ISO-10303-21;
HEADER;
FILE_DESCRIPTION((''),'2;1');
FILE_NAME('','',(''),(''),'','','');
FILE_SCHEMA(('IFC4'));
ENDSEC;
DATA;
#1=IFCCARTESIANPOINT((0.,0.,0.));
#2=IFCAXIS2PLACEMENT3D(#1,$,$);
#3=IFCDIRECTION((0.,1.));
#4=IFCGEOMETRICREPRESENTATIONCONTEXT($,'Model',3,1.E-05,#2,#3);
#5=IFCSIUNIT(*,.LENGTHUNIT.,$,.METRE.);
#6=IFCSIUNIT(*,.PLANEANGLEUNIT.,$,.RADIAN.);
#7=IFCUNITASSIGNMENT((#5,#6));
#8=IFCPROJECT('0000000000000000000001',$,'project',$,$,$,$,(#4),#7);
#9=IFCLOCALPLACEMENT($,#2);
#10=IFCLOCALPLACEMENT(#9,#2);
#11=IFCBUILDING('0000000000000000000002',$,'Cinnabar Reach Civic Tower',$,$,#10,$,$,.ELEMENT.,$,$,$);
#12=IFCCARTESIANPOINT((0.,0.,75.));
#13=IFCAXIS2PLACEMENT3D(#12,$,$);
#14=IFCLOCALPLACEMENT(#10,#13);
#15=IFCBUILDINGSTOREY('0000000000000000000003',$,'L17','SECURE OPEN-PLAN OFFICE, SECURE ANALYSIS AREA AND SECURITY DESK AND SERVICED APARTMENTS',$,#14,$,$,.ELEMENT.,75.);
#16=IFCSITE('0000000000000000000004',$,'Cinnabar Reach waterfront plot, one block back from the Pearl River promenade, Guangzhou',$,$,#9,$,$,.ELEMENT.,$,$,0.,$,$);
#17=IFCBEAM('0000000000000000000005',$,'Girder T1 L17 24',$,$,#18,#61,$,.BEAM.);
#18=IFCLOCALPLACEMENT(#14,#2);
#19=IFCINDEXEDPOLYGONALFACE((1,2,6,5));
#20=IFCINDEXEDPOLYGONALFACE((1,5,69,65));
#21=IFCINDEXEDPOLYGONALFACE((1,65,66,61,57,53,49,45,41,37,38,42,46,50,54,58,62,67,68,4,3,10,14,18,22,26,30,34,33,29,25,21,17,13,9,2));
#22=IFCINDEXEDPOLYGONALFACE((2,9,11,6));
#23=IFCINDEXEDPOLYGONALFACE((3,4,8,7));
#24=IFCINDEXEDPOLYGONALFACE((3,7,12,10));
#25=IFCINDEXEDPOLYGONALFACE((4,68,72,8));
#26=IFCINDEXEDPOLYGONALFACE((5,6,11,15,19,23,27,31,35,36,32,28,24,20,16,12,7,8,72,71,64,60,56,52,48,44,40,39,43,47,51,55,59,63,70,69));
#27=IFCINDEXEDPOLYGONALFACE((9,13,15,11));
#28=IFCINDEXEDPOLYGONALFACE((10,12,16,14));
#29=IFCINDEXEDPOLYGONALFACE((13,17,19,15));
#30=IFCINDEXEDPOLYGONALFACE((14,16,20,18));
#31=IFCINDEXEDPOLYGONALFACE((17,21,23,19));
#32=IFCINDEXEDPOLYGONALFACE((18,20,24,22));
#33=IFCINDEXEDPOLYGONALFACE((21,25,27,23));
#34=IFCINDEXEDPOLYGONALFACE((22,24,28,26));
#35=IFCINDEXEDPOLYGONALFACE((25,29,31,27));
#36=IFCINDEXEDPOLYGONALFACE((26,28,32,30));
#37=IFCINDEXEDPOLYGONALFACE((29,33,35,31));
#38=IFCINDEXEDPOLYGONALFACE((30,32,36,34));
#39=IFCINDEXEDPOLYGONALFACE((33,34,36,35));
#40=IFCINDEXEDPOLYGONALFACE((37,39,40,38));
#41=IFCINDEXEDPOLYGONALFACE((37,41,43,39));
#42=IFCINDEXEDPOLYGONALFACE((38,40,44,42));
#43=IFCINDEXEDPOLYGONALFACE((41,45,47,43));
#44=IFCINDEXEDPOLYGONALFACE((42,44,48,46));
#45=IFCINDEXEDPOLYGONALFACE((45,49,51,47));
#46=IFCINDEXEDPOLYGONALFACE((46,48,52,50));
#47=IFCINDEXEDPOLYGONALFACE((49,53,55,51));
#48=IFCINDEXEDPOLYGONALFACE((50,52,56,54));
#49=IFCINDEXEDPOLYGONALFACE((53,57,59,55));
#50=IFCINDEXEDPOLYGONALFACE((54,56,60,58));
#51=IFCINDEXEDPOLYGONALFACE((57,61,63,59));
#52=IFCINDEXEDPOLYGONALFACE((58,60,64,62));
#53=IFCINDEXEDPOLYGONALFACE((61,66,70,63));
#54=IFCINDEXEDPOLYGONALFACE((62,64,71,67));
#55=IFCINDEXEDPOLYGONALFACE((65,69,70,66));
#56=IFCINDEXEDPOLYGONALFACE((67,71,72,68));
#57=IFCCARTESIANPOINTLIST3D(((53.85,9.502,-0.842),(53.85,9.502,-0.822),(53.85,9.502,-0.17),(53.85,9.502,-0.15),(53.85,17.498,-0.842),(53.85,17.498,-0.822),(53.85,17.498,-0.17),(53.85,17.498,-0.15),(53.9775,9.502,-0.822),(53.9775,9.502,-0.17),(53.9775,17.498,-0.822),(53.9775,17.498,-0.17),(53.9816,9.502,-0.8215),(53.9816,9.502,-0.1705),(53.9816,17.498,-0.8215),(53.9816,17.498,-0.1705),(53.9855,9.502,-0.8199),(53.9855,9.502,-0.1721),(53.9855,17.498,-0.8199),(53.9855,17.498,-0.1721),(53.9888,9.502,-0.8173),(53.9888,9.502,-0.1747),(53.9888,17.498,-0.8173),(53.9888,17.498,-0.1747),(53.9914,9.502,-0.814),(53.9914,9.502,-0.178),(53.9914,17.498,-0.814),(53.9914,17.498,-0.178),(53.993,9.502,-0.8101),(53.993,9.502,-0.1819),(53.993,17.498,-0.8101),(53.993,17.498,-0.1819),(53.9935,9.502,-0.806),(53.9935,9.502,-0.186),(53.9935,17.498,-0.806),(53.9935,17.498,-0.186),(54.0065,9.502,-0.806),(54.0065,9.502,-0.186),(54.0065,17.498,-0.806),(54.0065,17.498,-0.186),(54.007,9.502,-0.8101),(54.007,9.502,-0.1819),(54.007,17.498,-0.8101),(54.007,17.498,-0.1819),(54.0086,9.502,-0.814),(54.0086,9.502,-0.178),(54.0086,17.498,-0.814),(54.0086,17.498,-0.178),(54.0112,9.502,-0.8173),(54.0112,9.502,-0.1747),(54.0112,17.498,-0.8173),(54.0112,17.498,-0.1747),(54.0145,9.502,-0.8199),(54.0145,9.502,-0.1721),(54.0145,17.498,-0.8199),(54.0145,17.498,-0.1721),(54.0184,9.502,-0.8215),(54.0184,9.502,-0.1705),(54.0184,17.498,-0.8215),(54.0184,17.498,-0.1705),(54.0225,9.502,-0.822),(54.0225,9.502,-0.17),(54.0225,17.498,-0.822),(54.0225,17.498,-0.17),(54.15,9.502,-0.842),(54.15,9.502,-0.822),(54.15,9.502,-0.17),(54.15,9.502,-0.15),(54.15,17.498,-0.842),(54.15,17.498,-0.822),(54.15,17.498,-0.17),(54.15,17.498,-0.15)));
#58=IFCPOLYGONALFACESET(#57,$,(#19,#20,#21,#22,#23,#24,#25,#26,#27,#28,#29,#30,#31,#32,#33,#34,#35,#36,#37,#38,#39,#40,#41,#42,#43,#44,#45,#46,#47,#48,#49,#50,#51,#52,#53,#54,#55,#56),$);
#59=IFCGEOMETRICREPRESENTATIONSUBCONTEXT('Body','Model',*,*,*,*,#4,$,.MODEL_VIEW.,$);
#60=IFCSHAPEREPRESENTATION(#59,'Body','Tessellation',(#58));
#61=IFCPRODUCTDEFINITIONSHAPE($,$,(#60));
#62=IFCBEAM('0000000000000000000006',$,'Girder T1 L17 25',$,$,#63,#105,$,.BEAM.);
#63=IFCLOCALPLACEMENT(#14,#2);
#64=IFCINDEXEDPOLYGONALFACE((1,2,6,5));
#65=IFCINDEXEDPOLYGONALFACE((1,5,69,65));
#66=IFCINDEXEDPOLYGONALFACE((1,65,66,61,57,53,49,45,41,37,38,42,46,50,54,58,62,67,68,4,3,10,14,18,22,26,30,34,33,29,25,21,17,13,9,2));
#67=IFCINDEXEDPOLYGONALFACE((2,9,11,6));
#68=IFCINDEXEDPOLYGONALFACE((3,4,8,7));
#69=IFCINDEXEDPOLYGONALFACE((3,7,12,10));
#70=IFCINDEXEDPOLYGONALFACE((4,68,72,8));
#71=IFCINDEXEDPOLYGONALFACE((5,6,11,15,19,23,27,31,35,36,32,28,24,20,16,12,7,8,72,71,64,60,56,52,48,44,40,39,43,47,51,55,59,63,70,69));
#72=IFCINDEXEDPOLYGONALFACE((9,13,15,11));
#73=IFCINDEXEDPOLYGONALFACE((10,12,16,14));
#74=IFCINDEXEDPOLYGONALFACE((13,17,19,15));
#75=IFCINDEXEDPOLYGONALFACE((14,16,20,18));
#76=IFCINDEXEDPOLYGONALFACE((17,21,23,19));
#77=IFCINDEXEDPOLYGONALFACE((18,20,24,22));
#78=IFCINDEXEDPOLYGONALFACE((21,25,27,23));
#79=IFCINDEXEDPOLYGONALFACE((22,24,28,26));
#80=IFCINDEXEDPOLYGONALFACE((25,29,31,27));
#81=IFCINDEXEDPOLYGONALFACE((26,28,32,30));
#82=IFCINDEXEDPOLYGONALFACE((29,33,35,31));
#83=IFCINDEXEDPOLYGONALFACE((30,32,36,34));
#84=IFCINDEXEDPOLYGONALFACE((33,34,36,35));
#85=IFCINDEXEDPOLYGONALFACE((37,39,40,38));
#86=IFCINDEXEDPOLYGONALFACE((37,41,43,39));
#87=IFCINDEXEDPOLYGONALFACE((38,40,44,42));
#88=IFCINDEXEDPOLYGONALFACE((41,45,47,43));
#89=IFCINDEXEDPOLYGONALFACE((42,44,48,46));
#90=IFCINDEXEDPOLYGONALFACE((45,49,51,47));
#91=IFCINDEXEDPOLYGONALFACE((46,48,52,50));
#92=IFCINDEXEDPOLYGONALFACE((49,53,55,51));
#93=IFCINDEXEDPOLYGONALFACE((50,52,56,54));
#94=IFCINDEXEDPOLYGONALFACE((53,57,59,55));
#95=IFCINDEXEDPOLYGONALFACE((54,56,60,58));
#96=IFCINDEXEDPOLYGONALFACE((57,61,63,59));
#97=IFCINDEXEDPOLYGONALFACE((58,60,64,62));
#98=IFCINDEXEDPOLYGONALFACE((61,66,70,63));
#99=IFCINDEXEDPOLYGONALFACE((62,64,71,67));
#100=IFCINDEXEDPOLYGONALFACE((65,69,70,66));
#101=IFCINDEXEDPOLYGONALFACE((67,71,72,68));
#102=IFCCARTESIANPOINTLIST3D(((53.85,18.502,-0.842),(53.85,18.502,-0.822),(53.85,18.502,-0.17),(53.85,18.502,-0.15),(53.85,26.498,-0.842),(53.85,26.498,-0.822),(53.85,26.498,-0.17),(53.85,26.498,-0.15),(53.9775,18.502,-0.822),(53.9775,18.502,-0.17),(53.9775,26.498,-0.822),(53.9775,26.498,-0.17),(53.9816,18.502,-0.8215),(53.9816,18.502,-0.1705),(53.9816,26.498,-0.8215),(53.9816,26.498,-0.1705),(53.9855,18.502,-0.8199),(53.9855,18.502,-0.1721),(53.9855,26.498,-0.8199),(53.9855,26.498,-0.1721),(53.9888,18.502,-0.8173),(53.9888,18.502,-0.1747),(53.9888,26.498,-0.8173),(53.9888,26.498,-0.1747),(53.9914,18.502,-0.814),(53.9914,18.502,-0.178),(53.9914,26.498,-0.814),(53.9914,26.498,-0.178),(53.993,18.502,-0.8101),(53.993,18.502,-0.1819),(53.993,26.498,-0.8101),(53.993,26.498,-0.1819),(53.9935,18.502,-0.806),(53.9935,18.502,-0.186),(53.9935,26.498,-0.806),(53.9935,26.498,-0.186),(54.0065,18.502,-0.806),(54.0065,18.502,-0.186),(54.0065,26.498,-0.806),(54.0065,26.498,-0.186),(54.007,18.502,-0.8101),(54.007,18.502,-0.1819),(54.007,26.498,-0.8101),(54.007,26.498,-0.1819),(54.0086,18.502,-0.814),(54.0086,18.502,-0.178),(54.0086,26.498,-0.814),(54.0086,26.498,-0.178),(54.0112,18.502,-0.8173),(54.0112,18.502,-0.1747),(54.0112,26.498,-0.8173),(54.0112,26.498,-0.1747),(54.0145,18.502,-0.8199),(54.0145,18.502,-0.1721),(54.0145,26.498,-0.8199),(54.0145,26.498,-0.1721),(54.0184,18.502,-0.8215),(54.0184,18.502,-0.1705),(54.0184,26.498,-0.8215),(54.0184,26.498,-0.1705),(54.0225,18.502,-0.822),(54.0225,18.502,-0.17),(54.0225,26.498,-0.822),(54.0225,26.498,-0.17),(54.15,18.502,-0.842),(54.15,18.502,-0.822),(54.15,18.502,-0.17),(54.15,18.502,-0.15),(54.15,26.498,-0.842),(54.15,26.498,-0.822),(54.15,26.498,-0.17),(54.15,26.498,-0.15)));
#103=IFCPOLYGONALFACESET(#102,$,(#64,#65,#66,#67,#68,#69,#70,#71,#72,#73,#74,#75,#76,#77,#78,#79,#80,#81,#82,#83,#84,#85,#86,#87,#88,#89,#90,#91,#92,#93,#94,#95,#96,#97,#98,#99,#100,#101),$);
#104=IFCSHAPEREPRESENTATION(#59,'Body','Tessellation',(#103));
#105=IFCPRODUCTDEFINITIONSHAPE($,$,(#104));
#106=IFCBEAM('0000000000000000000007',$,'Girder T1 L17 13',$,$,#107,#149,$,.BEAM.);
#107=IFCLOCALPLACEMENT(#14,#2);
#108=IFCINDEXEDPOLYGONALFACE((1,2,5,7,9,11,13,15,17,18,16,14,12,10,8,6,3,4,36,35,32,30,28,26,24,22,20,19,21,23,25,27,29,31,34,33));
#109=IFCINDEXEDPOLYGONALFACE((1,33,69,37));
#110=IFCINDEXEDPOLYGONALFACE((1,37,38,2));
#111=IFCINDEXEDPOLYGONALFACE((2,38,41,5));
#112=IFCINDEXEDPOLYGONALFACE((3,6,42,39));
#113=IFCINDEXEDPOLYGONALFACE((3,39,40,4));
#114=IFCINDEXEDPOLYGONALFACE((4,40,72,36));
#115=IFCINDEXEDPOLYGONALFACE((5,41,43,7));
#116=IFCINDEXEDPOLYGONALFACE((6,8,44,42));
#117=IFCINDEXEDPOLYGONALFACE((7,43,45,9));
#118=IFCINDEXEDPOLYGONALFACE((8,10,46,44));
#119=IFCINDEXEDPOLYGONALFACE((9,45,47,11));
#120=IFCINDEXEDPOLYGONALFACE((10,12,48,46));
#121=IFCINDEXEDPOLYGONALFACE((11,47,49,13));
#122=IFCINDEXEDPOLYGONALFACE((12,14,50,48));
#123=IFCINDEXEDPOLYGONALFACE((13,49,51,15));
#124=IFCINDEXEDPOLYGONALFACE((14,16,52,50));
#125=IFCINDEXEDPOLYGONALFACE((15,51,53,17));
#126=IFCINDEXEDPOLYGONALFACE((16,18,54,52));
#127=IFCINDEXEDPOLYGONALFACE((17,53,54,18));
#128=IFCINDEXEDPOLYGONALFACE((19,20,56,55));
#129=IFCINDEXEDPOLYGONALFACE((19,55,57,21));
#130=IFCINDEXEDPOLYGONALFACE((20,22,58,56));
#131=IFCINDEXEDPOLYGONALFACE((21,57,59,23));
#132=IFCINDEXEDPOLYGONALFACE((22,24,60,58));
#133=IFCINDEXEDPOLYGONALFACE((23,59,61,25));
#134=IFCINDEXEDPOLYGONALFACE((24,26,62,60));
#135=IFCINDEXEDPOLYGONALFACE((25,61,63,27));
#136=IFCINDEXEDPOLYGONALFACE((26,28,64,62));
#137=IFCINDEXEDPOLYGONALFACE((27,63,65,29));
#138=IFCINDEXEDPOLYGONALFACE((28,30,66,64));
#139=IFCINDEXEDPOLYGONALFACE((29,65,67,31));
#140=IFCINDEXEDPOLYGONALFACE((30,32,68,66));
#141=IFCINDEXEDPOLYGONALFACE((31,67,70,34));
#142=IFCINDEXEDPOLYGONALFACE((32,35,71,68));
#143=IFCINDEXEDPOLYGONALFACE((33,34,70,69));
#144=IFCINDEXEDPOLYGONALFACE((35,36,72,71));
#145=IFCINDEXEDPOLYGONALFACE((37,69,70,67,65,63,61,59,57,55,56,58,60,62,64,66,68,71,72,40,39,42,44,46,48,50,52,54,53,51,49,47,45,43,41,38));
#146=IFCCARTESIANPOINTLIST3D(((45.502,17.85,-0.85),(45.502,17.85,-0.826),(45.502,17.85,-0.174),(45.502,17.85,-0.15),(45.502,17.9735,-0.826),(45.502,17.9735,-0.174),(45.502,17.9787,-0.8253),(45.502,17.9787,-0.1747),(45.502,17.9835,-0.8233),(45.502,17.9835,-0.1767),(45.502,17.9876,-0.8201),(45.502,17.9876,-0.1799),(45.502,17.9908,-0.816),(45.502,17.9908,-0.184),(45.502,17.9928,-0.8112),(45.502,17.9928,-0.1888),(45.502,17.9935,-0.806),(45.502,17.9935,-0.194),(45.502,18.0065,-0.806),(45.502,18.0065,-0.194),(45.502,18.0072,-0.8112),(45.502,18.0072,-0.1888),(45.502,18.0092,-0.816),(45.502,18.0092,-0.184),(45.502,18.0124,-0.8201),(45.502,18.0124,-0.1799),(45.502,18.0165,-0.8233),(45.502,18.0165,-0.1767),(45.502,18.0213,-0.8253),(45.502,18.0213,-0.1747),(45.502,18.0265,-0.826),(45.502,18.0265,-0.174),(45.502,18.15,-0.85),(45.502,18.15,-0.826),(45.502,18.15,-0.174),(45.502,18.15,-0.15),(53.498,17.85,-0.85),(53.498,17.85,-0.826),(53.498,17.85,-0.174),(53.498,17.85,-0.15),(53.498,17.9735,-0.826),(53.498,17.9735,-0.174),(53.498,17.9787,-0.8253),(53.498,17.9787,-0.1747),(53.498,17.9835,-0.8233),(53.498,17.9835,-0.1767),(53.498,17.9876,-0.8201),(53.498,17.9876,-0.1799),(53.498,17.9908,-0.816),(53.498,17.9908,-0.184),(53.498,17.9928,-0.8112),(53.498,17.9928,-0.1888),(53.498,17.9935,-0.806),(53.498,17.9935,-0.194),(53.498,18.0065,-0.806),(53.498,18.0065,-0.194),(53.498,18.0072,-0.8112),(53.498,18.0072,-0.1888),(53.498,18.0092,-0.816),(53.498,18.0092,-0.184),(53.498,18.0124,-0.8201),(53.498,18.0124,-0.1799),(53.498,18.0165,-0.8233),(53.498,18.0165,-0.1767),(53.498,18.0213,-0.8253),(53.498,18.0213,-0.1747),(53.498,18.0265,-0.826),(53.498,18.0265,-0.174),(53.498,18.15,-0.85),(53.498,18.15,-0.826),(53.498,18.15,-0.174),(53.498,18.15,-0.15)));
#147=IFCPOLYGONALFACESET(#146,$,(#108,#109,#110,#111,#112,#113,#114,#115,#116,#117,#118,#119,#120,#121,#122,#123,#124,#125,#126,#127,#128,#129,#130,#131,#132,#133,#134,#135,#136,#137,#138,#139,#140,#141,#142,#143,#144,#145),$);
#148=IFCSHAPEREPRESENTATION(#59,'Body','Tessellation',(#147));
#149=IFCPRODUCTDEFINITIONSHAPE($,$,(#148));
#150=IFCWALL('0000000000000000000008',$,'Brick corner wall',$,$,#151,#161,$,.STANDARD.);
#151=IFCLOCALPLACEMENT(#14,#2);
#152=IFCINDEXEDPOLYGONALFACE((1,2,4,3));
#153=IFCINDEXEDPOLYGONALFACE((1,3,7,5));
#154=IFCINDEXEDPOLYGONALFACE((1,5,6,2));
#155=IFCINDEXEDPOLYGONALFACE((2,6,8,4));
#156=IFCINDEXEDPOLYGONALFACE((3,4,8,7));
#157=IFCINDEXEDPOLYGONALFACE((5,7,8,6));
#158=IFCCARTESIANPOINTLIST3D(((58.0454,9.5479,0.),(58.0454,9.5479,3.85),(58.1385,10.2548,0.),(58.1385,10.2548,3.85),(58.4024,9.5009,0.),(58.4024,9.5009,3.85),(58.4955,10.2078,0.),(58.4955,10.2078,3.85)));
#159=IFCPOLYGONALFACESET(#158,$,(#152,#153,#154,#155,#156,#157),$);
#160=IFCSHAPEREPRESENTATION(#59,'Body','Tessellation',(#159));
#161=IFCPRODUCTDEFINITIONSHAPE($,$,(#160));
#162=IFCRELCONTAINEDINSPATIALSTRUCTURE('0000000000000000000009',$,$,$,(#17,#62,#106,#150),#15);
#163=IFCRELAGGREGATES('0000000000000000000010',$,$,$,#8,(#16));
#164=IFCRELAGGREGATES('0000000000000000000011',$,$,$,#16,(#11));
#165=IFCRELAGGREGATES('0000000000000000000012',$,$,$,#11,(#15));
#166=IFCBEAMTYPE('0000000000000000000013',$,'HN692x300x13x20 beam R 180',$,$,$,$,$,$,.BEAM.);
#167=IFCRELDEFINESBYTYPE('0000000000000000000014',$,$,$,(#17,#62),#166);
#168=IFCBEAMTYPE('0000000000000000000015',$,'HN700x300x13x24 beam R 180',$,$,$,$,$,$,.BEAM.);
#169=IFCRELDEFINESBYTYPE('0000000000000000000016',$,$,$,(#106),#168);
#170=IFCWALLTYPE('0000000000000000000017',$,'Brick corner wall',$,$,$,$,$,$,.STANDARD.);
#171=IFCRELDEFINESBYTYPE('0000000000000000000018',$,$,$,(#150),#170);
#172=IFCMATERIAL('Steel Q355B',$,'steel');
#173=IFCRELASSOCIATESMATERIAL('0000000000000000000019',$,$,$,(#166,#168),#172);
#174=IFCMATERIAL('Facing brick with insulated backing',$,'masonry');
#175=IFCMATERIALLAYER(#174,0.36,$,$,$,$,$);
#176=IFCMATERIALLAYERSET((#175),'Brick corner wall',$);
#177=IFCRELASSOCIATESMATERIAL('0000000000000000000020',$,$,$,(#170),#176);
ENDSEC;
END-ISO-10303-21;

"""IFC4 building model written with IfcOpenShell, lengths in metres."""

from ifc_helpers import new_model, si_unit, direction, frame, frame_2d, origin, origin_2d, place, context, subcontext, project, spatial, rectangle, i_section, extrude, material, layer, layer_set, material_profile, profile_set, type_object, element, save


model = new_model("IFC4")

# Units and contexts
model_context = context("Model", 3, precision=1e-05, world=origin(), true_north=direction((0.0, 1.0)))
body_context = subcontext(model_context, "Body", "Model", "MODEL_VIEW")
ifc_project = project(units=[si_unit("LENGTHUNIT", "METRE"), si_unit("PLANEANGLEUNIT", "RADIAN")], contexts=[model_context])

# Site, building, storey
site_placement = place(None, origin())
site = spatial("IfcSite", under=ifc_project, at=site_placement, Name="Cinnabar Reach waterfront plot, one block back from the Pearl River promenade, Guangzhou", CompositionType="ELEMENT", RefElevation=0.0)
building_placement = place(site_placement, origin())
building = spatial("IfcBuilding", under=site, at=building_placement, Name="Cinnabar Reach Civic Tower", CompositionType="ELEMENT")
storey_placement = place(building_placement, frame((0.0, 0.0, 75.0)))
storey = spatial("IfcBuildingStorey", under=building, at=storey_placement, Name="L17", Description="SECURE OPEN-PLAN OFFICE, SECURE ANALYSIS AREA AND SECURITY DESK AND SERVICED APARTMENTS", CompositionType="ELEMENT", Elevation=75.0)

# Beams
ifc_material_1 = material(Name="Steel Q355B", Category="steel")
ifc_material_profile_1 = material_profile(ifc_material_1, i_section(OverallWidth=0.3, OverallDepth=0.692, WebThickness=0.013, FlangeThickness=0.02, FilletRadius=0.016, at=origin_2d()), Name="HN692x300x13x20")
ifc_profile_set_1 = profile_set([ifc_material_profile_1], Name="Steel Q355B")
beam_type_1 = type_object("IfcBeamType", Name="HN692x300x13x20 beam R 180", PredefinedType="BEAM", material=ifc_profile_set_1)
for number, where, z_axis, x_axis, name in (
    (1, (54.0, 9.502, -0.496), (0.0, 1.0, 0.0), (-1.0, 0.0, 0.0), "Girder T1 L17 24"),
    (2, (54.0, 18.502, -0.496), (0.0, 1.0, 0.0), (-1.0, 0.0, 0.0), "Girder T1 L17 25"),
):
    element("IfcBeam", number, at=place(storey_placement, frame(where, z_axis=z_axis, x_axis=x_axis)), inside=storey, type_object=beam_type_1, Name=name, PredefinedType="BEAM", context=body_context, shape_type="SweptSolid", body=[
        extrude(i_section(OverallWidth=0.3, OverallDepth=0.692, WebThickness=0.013, FlangeThickness=0.02, FilletRadius=0.016, at=origin_2d()), origin(), (0.0, 0.0, 1.0), 7.996),
    ])
ifc_material_profile_2 = material_profile(ifc_material_1, i_section(OverallWidth=0.3, OverallDepth=0.7, WebThickness=0.013, FlangeThickness=0.024, FilletRadius=0.02, at=origin_2d()), Name="HN700x300x13x24")
ifc_profile_set_2 = profile_set([ifc_material_profile_2], Name="Steel Q355B")
beam_type_2 = type_object("IfcBeamType", Name="HN700x300x13x24 beam R 180", PredefinedType="BEAM", material=ifc_profile_set_2)
beam_1_placement = place(storey_placement, frame((45.502, 18.0, -0.5), z_axis=(1.0, 0.0, 0.0), x_axis=(0.0, 1.0, 0.0)))
element("IfcBeam", 3, at=beam_1_placement, inside=storey, type_object=beam_type_2, Name="Girder T1 L17 13", PredefinedType="BEAM", context=body_context, shape_type="SweptSolid", body=[
    extrude(i_section(OverallWidth=0.3, OverallDepth=0.7, WebThickness=0.013, FlangeThickness=0.024, FilletRadius=0.02, at=origin_2d()), origin(), (0.0, 0.0, 1.0), 7.996),
])

# Wall
ifc_material_2 = material(Name="Facing brick with insulated backing", Category="masonry")
ifc_layer_1 = layer(ifc_material_2, 0.36)
ifc_layer_set_1 = layer_set([ifc_layer_1], Name="Brick corner wall")
wall_type_1 = type_object("IfcWallType", Name="Brick corner wall", PredefinedType="STANDARD", material=ifc_layer_set_1)
wall_1_placement = place(storey_placement, frame((58.2239, 9.5244, 0.0), z_axis=(0.0, 0.0, 1.0), x_axis=(0.130556, 0.991441, 0.0)))
element("IfcWall", 4, at=wall_1_placement, inside=storey, type_object=wall_type_1, Name="Brick corner wall", PredefinedType="STANDARD", context=body_context, shape_type="SweptSolid", body=[
    extrude(rectangle(XDim=0.7131, YDim=0.36, at=frame_2d((0.3565, 0.0))), origin(), (0.0, 0.0, 1.0), 3.85),
])

save(model, "model.ifc")
